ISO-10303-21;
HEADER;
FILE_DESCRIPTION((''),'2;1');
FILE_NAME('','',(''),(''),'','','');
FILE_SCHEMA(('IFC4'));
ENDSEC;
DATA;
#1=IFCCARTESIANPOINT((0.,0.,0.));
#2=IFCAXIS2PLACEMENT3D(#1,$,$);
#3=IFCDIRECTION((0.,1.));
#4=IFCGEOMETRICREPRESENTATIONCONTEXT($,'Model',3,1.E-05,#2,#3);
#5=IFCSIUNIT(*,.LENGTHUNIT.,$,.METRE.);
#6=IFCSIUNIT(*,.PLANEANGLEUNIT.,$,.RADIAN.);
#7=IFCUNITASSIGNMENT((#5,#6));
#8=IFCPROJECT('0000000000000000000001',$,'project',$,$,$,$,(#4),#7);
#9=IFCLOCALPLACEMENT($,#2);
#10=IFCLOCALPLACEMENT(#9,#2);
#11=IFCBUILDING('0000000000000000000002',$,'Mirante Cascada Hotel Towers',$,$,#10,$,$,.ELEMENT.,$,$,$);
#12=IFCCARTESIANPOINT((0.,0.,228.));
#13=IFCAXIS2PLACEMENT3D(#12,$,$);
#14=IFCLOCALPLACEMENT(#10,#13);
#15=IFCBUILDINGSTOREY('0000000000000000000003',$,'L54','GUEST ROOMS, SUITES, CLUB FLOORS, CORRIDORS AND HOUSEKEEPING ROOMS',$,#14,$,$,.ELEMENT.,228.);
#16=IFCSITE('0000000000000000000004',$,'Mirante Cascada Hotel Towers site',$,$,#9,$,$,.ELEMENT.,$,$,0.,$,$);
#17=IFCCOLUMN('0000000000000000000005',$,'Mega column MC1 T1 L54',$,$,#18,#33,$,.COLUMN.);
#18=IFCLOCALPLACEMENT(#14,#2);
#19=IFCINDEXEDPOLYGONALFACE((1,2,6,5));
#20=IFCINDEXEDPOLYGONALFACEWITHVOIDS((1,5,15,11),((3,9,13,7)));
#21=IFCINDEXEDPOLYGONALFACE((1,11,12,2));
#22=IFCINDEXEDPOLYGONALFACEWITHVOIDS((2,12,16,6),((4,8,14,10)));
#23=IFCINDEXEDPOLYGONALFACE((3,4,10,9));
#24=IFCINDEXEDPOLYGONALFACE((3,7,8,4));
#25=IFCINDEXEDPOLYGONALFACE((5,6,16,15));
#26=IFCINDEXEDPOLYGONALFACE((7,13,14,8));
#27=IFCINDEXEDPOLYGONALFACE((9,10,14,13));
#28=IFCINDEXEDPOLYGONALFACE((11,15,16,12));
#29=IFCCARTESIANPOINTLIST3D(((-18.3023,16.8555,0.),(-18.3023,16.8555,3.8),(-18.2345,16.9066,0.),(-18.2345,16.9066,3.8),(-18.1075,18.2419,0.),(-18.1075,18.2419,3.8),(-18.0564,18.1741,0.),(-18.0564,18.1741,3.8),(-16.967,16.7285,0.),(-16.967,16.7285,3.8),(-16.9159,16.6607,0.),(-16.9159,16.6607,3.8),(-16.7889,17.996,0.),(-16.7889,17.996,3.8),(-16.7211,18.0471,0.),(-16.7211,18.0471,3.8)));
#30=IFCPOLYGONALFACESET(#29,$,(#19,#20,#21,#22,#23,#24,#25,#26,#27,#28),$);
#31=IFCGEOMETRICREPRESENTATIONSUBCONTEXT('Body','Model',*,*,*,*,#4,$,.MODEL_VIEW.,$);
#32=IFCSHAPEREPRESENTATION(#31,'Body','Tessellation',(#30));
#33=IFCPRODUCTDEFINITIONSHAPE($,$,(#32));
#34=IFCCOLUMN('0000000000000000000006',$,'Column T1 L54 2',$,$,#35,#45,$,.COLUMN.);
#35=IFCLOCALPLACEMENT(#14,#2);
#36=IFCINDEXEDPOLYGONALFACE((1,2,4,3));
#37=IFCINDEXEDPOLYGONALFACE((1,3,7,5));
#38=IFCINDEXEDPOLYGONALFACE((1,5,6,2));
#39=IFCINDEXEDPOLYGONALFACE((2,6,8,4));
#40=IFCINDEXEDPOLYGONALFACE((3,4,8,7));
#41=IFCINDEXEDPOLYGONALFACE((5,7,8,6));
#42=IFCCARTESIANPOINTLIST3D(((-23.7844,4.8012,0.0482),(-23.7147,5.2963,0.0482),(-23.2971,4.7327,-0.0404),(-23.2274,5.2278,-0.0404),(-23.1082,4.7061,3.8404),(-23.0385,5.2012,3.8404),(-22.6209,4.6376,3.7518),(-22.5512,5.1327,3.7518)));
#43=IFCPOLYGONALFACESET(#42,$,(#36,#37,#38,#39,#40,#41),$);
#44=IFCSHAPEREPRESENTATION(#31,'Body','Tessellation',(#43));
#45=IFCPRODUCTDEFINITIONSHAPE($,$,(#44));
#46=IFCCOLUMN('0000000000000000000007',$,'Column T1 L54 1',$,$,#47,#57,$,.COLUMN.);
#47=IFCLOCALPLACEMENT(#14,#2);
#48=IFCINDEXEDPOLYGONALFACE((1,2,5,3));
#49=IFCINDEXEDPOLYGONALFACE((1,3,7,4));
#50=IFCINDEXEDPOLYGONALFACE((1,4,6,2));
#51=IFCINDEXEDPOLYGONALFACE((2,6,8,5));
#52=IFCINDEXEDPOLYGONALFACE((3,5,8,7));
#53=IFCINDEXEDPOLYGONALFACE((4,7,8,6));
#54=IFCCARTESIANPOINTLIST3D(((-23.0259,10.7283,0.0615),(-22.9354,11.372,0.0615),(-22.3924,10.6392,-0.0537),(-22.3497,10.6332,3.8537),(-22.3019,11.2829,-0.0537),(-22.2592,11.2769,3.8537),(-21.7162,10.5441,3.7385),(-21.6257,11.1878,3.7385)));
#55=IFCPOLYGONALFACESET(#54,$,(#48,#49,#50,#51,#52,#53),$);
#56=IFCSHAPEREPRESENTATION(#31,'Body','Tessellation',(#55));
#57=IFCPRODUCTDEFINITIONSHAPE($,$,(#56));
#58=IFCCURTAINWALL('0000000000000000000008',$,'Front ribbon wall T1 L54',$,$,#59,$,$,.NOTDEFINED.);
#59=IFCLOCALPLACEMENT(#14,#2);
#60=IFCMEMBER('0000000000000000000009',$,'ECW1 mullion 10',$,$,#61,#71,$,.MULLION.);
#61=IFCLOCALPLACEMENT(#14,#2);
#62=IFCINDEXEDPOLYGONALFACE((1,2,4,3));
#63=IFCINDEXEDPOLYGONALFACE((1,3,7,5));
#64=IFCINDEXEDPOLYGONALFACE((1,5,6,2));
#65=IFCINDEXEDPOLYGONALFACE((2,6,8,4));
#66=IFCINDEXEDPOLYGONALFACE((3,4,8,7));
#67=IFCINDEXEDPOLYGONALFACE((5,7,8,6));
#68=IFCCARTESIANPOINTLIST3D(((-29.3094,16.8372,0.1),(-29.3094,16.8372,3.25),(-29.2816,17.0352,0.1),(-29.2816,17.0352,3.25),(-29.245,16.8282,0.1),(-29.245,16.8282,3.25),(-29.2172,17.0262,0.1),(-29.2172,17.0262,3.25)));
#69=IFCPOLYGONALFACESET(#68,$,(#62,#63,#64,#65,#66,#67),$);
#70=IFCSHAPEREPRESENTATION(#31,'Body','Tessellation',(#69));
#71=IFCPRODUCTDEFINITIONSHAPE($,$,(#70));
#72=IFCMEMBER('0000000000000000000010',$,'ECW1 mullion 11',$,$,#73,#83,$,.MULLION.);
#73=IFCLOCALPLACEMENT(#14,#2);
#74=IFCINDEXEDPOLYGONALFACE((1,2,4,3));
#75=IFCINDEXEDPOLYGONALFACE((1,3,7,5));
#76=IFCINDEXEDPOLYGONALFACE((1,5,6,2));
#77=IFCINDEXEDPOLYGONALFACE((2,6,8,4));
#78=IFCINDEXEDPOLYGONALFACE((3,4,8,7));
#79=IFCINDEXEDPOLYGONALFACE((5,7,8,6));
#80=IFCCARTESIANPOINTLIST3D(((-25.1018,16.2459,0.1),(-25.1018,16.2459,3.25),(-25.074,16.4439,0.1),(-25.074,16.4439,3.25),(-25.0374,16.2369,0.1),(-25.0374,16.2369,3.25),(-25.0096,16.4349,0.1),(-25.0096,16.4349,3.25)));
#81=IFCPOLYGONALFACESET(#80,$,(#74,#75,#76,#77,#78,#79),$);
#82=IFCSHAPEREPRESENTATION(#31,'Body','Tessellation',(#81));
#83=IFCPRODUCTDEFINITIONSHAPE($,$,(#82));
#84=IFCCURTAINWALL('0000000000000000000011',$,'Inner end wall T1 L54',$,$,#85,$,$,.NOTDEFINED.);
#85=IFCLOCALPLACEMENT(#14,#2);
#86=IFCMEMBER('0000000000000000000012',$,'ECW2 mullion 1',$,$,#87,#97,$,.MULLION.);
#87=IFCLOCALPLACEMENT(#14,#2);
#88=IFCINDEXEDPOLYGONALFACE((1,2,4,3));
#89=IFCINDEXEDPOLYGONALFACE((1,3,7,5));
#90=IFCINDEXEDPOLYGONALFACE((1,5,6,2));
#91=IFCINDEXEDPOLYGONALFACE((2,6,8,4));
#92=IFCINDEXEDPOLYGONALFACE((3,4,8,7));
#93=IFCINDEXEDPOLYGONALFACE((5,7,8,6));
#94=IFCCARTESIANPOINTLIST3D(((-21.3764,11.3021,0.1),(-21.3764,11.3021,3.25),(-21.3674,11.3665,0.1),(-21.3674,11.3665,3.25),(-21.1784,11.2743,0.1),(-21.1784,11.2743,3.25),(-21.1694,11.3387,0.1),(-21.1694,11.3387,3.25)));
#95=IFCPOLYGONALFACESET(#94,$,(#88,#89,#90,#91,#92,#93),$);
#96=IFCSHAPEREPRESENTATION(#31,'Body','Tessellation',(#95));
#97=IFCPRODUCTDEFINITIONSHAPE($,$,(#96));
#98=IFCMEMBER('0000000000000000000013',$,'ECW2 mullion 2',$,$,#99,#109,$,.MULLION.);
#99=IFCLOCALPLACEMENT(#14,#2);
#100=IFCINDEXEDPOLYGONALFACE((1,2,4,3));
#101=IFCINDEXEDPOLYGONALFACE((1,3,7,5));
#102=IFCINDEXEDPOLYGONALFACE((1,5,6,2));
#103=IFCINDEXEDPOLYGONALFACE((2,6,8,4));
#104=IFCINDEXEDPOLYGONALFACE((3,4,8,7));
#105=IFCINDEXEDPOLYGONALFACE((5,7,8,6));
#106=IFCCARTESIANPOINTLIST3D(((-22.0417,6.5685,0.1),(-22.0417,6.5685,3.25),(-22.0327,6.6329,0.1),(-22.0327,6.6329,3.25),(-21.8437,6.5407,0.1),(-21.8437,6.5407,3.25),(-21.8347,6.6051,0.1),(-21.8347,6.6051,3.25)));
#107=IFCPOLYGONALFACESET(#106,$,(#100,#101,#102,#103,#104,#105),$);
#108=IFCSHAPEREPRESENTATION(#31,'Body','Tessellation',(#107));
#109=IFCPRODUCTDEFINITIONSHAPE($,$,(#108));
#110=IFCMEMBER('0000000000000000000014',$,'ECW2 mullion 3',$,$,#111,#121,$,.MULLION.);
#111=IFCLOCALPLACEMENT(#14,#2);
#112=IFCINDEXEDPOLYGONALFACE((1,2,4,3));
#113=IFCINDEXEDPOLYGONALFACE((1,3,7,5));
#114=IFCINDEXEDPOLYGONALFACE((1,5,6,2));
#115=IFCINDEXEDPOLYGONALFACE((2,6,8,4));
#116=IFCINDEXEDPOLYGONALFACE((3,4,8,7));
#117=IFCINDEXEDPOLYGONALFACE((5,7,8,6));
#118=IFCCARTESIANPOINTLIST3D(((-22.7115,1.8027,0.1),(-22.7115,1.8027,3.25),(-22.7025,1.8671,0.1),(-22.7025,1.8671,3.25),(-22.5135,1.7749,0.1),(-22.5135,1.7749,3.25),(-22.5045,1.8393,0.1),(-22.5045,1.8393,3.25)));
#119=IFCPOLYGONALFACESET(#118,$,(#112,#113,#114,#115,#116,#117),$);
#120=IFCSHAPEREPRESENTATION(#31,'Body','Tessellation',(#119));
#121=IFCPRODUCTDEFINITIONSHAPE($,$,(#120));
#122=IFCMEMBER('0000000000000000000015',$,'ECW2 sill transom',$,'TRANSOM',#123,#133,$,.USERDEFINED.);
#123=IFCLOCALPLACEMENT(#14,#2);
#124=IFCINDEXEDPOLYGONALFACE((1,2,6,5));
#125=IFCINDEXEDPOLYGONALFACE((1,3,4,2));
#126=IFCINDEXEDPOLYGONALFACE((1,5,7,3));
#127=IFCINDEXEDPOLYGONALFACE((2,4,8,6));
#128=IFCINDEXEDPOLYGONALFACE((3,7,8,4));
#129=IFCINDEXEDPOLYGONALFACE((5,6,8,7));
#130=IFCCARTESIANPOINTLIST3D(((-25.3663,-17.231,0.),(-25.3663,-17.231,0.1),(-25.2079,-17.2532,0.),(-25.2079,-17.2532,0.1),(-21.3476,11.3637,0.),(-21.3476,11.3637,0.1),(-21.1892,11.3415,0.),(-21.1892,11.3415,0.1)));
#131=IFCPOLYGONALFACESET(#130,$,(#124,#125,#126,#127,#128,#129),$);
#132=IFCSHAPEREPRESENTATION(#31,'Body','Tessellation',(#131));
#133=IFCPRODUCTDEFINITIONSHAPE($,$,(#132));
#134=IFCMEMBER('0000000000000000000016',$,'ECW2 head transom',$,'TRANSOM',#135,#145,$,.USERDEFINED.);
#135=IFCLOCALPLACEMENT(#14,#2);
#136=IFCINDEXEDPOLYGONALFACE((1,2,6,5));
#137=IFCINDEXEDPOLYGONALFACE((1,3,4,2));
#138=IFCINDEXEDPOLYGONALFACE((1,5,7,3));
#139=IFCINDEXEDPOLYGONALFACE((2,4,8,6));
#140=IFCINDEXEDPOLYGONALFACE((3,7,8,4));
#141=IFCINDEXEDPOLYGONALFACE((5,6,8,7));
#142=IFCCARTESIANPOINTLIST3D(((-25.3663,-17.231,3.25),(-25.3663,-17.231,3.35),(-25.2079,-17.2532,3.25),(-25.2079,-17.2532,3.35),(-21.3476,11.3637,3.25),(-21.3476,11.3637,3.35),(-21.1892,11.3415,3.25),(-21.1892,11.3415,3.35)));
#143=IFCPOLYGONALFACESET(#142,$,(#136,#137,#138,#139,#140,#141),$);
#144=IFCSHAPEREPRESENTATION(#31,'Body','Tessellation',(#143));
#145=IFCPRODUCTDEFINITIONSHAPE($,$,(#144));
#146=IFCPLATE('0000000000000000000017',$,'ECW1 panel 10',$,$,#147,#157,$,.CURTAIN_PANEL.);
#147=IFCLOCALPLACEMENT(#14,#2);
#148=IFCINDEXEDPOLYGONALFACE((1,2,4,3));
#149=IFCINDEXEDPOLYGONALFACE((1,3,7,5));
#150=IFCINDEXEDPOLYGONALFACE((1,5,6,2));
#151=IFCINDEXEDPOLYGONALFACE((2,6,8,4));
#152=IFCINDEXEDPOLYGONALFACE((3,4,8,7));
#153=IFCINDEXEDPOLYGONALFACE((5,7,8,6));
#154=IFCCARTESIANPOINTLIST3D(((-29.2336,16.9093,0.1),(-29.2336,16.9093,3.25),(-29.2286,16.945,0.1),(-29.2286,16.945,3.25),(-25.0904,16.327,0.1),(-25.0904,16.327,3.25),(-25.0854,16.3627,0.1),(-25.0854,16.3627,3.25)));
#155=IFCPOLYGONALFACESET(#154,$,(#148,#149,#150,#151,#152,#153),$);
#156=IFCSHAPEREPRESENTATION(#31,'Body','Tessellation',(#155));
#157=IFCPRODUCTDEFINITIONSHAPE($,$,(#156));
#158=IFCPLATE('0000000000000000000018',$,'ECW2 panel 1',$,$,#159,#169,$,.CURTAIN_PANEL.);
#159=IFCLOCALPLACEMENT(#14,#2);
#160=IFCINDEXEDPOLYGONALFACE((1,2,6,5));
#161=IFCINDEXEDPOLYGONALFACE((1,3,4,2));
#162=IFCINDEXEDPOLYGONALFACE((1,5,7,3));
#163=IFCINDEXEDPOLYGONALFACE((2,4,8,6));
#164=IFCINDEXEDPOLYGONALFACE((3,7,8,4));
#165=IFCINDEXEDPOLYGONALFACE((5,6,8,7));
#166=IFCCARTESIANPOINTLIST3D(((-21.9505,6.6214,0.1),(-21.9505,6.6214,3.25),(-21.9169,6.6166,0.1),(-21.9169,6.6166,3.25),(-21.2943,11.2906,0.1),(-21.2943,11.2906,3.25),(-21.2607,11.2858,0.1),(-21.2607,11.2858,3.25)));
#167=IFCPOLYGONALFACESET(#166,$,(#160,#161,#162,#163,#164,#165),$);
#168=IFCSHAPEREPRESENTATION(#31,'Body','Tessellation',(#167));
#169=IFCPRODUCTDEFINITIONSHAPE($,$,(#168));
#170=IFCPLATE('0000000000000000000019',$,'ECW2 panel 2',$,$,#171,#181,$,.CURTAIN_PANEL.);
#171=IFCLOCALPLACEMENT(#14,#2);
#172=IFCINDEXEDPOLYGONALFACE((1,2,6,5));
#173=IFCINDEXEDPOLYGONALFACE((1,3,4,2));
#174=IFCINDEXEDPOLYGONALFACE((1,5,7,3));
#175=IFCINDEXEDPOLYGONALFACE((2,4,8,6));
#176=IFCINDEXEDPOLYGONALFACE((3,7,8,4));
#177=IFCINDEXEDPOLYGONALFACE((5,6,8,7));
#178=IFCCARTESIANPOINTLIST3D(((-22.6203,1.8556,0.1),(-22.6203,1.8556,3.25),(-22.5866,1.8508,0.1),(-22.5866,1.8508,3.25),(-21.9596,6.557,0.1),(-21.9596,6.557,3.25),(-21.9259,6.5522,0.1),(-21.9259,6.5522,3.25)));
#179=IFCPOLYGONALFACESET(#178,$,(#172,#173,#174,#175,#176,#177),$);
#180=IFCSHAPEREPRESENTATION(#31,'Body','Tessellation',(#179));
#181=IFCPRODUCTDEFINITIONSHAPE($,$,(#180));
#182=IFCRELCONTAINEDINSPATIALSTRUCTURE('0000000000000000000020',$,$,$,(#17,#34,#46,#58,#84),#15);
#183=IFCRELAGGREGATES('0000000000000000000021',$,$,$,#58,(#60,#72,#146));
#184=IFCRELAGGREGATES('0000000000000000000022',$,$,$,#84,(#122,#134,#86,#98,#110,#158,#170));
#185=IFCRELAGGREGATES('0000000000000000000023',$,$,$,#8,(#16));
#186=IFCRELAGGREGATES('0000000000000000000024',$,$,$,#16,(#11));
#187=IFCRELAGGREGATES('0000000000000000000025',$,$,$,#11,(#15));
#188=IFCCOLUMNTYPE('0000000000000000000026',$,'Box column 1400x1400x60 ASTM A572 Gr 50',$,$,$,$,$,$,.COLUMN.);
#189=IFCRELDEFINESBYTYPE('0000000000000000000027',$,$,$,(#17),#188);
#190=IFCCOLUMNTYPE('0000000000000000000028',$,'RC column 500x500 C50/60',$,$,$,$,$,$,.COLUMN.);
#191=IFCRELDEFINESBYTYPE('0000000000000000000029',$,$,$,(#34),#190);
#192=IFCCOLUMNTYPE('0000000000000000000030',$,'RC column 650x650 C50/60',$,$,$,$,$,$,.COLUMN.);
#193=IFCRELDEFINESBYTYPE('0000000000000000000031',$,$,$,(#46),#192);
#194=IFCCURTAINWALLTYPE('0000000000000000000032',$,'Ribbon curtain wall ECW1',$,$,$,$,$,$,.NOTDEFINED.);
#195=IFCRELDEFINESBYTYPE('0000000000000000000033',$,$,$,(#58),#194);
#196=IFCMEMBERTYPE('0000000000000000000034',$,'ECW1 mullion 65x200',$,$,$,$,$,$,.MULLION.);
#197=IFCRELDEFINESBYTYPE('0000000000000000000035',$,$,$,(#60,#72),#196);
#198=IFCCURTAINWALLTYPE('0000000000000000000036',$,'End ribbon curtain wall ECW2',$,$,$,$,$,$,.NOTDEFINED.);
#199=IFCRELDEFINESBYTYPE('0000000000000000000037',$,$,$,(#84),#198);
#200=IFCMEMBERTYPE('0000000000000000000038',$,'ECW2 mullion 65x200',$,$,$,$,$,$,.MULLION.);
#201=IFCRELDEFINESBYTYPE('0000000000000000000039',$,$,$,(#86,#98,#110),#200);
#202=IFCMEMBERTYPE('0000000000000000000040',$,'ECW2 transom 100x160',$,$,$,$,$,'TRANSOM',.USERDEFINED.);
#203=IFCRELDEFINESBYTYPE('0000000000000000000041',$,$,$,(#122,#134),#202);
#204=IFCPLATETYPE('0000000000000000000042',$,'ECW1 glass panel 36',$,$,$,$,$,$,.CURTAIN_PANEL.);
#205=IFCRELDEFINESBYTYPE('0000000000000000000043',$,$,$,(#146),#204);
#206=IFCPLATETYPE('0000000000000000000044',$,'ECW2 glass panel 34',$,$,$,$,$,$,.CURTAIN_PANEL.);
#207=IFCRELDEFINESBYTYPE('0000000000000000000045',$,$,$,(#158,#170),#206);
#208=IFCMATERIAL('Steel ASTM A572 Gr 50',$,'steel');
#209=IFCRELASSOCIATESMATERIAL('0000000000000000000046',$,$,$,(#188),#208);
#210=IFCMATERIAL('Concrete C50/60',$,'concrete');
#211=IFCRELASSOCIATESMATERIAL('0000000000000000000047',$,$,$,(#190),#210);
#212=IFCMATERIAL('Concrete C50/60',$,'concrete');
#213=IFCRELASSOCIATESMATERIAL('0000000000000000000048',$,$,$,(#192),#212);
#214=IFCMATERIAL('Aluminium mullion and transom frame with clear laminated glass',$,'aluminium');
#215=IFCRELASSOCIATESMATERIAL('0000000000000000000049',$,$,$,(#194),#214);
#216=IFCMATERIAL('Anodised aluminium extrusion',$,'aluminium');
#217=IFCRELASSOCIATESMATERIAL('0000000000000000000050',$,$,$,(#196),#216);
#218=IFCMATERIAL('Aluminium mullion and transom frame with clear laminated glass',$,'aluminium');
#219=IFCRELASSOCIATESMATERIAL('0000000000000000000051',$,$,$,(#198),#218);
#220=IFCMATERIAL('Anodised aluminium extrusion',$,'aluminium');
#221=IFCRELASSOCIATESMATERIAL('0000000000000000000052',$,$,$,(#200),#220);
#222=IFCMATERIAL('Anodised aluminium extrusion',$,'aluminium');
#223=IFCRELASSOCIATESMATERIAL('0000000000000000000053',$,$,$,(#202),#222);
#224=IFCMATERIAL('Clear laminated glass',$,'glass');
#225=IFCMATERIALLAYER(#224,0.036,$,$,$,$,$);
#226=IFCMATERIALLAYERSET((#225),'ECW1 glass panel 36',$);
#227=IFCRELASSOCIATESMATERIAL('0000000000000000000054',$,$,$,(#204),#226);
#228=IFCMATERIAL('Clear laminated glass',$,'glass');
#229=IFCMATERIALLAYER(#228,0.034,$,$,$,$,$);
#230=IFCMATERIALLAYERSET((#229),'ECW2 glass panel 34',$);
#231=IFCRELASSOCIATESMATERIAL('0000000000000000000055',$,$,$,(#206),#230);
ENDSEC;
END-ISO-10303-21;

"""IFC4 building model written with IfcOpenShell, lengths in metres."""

from ifc_helpers import new_model, si_unit, direction, frame, origin, origin_2d, place, context, subcontext, project, spatial, rectangle, hollow_rectangle, extrude, material, layer, layer_set, material_profile, profile_set, type_object, element, aggregate, save


model = new_model("IFC4")

# Units and contexts
model_context = context("Model", 3, precision=1e-05, world=origin(), true_north=direction((0.0, 1.0)))
body_context = subcontext(model_context, "Body", "Model", "MODEL_VIEW")
ifc_project = project(units=[si_unit("LENGTHUNIT", "METRE"), si_unit("PLANEANGLEUNIT", "RADIAN")], contexts=[model_context])

# Site, building, storey
site_placement = place(None, origin())
site = spatial("IfcSite", under=ifc_project, at=site_placement, Name="Mirante Cascada Hotel Towers site", CompositionType="ELEMENT", RefElevation=0.0)
building_placement = place(site_placement, origin())
building = spatial("IfcBuilding", under=site, at=building_placement, Name="Mirante Cascada Hotel Towers", CompositionType="ELEMENT")
storey_placement = place(building_placement, frame((0.0, 0.0, 228.0)))
storey = spatial("IfcBuildingStorey", under=building, at=storey_placement, Name="L54", Description="GUEST ROOMS, SUITES, CLUB FLOORS, CORRIDORS AND HOUSEKEEPING ROOMS", CompositionType="ELEMENT", Elevation=228.0)

# Columns
ifc_material_1 = material(Name="Steel ASTM A572 Gr 50", Category="steel")
ifc_material_profile_1 = material_profile(ifc_material_1, hollow_rectangle(XDim=1.4, YDim=1.4, WallThickness=0.06, at=origin_2d()), Name="Box column 1400x1400x60 ASTM A572 Gr 50")
ifc_profile_set_1 = profile_set([ifc_material_profile_1], Name="Steel ASTM A572 Gr 50")
column_type_1 = type_object("IfcColumnType", Name="Box column 1400x1400x60 ASTM A572 Gr 50", PredefinedType="COLUMN", material=ifc_profile_set_1)
column_1_placement = place(storey_placement, frame((-17.5117, 17.4513, 0.0), z_axis=(0.0, 0.0, 1.0), x_axis=(-0.990268, 0.139173, 0.0)))
element("IfcColumn", 1, at=column_1_placement, inside=storey, type_object=column_type_1, Name="Mega column MC1 T1 L54", PredefinedType="COLUMN", context=body_context, shape_type="SweptSolid", body=[
    extrude(hollow_rectangle(XDim=1.4, YDim=1.4, WallThickness=0.06, at=origin_2d()), origin(), (0.0, 0.0, 1.0), 3.8),
])
ifc_material_2 = material(Name="Concrete C50/60", Category="concrete")
ifc_material_profile_2 = material_profile(ifc_material_2, rectangle(XDim=0.5, YDim=0.5, at=origin_2d()), Name="RC column 500x500 C50/60")
ifc_profile_set_2 = profile_set([ifc_material_profile_2], Name="Concrete C50/60")
column_type_2 = type_object("IfcColumnType", Name="RC column 500x500 C50/60", PredefinedType="COLUMN", material=ifc_profile_set_2)
column_2_placement = place(storey_placement, frame((-23.5059, 5.0145, 0.0039), z_axis=(0.175491, -0.024681, 0.984172), x_axis=(0.139268, 0.990255, 0.0)))
element("IfcColumn", 2, at=column_2_placement, inside=storey, type_object=column_type_2, Name="Column T1 L54 2", PredefinedType="COLUMN", context=body_context, shape_type="SweptSolid", body=[
    extrude(rectangle(XDim=0.5, YDim=0.5, at=origin_2d()), origin(), (0.0, 0.0, 1.0), 3.8532),
])
ifc_material_3 = material(Name="Concrete C50/60", Category="concrete")
ifc_material_profile_3 = material_profile(ifc_material_3, rectangle(XDim=0.65, YDim=0.65, at=origin_2d()), Name="RC column 650x650 C50/60")
ifc_profile_set_3 = profile_set([ifc_material_profile_3], Name="Concrete C50/60")
column_type_3 = type_object("IfcColumnType", Name="RC column 650x650 C50/60", PredefinedType="COLUMN", material=ifc_profile_set_3)
column_3_placement = place(storey_placement, frame((-22.6639, 11.0056, 0.0039), z_axis=(0.175491, -0.024681, 0.984172), x_axis=(0.139268, 0.990255, 0.0)))
element("IfcColumn", 3, at=column_3_placement, inside=storey, type_object=column_type_3, Name="Column T1 L54 1", PredefinedType="COLUMN", context=body_context, shape_type="SweptSolid", body=[
    extrude(rectangle(XDim=0.65, YDim=0.65, at=origin_2d()), origin(), (0.0, 0.0, 1.0), 3.8532),
])

# Curtain walls, members
ifc_material_4 = material(Name="Aluminium mullion and transom frame with clear laminated glass", Category="aluminium")
curtain_wall_type_1 = type_object("IfcCurtainWallType", Name="Ribbon curtain wall ECW1", PredefinedType="NOTDEFINED", material=ifc_material_4)
curtain_wall_1_placement = place(storey_placement, origin())
curtain_wall_1 = element("IfcCurtainWall", 4, at=curtain_wall_1_placement, inside=storey, type_object=curtain_wall_type_1, Name="Front ribbon wall T1 L54", PredefinedType="NOTDEFINED")
ifc_material_5 = material(Name="Anodised aluminium extrusion", Category="aluminium")
ifc_material_profile_4 = material_profile(ifc_material_5, rectangle(XDim=0.2, YDim=0.065, at=origin_2d()), Name="ECW1 MULLION 65x200")
ifc_profile_set_4 = profile_set([ifc_material_profile_4], Name="Anodised aluminium extrusion")
member_type_1 = type_object("IfcMemberType", Name="ECW1 mullion 65x200", PredefinedType="MULLION", material=ifc_profile_set_4)
member_1_placement = place(storey_placement, frame((-29.2633, 16.9317, 0.1), z_axis=(0.0, 0.0, 1.0), x_axis=(0.139173, 0.990268, 0.0)))
member_1 = element("IfcMember", 5, at=member_1_placement, type_object=member_type_1, Name="ECW1 mullion 10", PredefinedType="MULLION", context=body_context, shape_type="SweptSolid", body=[
    extrude(rectangle(XDim=0.2, YDim=0.065, at=origin_2d()), origin(), (0.0, 0.0, 1.0), 3.15),
])
member_2_placement = place(storey_placement, frame((-25.0557, 16.3404, 0.1), z_axis=(0.0, 0.0, 1.0), x_axis=(0.139173, 0.990268, 0.0)))
member_2 = element("IfcMember", 6, at=member_2_placement, type_object=member_type_1, Name="ECW1 mullion 11", PredefinedType="MULLION", context=body_context, shape_type="SweptSolid", body=[
    extrude(rectangle(XDim=0.2, YDim=0.065, at=origin_2d()), origin(), (0.0, 0.0, 1.0), 3.15),
])
ifc_material_6 = material(Name="Aluminium mullion and transom frame with clear laminated glass", Category="aluminium")
curtain_wall_type_2 = type_object("IfcCurtainWallType", Name="End ribbon curtain wall ECW2", PredefinedType="NOTDEFINED", material=ifc_material_6)
curtain_wall_2_placement = place(storey_placement, origin())
curtain_wall_2 = element("IfcCurtainWall", 7, at=curtain_wall_2_placement, inside=storey, type_object=curtain_wall_type_2, Name="Inner end wall T1 L54", PredefinedType="NOTDEFINED")
ifc_material_7 = material(Name="Anodised aluminium extrusion", Category="aluminium")
ifc_material_profile_5 = material_profile(ifc_material_7, rectangle(XDim=0.2, YDim=0.065, at=origin_2d()), Name="ECW2 MULLION 65x200")
ifc_profile_set_5 = profile_set([ifc_material_profile_5], Name="Anodised aluminium extrusion")
member_type_2 = type_object("IfcMemberType", Name="ECW2 mullion 65x200", PredefinedType="MULLION", material=ifc_profile_set_5)
member_3_placement = place(storey_placement, frame((-21.2729, 11.3204, 0.1), z_axis=(0.0, 0.0, 1.0), x_axis=(0.990268, -0.139173, 0.0)))
member_3 = element("IfcMember", 8, at=member_3_placement, type_object=member_type_2, Name="ECW2 mullion 1", PredefinedType="MULLION", context=body_context, shape_type="SweptSolid", body=[
    extrude(rectangle(XDim=0.2, YDim=0.065, at=origin_2d()), origin(), (0.0, 0.0, 1.0), 3.15),
])
member_4_placement = place(storey_placement, frame((-21.9382, 6.5868, 0.1), z_axis=(0.0, 0.0, 1.0), x_axis=(0.990268, -0.139173, 0.0)))
member_4 = element("IfcMember", 9, at=member_4_placement, type_object=member_type_2, Name="ECW2 mullion 2", PredefinedType="MULLION", context=body_context, shape_type="SweptSolid", body=[
    extrude(rectangle(XDim=0.2, YDim=0.065, at=origin_2d()), origin(), (0.0, 0.0, 1.0), 3.15),
])
member_5_placement = place(storey_placement, frame((-22.608, 1.821, 0.1), z_axis=(0.0, 0.0, 1.0), x_axis=(0.990268, -0.139173, 0.0)))
member_5 = element("IfcMember", 10, at=member_5_placement, type_object=member_type_2, Name="ECW2 mullion 3", PredefinedType="MULLION", context=body_context, shape_type="SweptSolid", body=[
    extrude(rectangle(XDim=0.2, YDim=0.065, at=origin_2d()), origin(), (0.0, 0.0, 1.0), 3.15),
])
ifc_material_8 = material(Name="Anodised aluminium extrusion", Category="aluminium")
ifc_material_profile_6 = material_profile(ifc_material_8, rectangle(XDim=0.16, YDim=0.1, at=origin_2d()), Name="ECW2 TRANSOM 100x160")
ifc_profile_set_6 = profile_set([ifc_material_profile_6], Name="Anodised aluminium extrusion")
member_type_3 = type_object("IfcMemberType", Name="ECW2 transom 100x160", ElementType="TRANSOM", PredefinedType="USERDEFINED", material=ifc_profile_set_6)
member_6_placement = place(storey_placement, frame((-21.2684, 11.3526, 0.05), z_axis=(-0.139172, -0.990268, 0.0), x_axis=(0.990268, -0.139172, 0.0)))
member_6 = element("IfcMember", 11, at=member_6_placement, type_object=member_type_3, Name="ECW2 sill transom", ObjectType="TRANSOM", PredefinedType="USERDEFINED", context=body_context, shape_type="SweptSolid", body=[
    extrude(rectangle(XDim=0.16, YDim=0.1, at=origin_2d()), origin(), (0.0, 0.0, 1.0), 28.8757),
])
member_7_placement = place(storey_placement, frame((-21.2684, 11.3526, 3.3), z_axis=(-0.139172, -0.990268, 0.0), x_axis=(0.990268, -0.139172, 0.0)))
member_7 = element("IfcMember", 12, at=member_7_placement, type_object=member_type_3, Name="ECW2 head transom", ObjectType="TRANSOM", PredefinedType="USERDEFINED", context=body_context, shape_type="SweptSolid", body=[
    extrude(rectangle(XDim=0.16, YDim=0.1, at=origin_2d()), origin(), (0.0, 0.0, 1.0), 28.8757),
])

# Plates
ifc_material_9 = material(Name="Clear laminated glass", Category="glass")
ifc_layer_1 = layer(ifc_material_9, 0.036)
ifc_layer_set_1 = layer_set([ifc_layer_1], Name="ECW1 glass panel 36")
plate_type_1 = type_object("IfcPlateType", Name="ECW1 glass panel 36", PredefinedType="CURTAIN_PANEL", material=ifc_layer_set_1)
plate_1_placement = place(storey_placement, frame((-27.1595, 16.636, 0.1), z_axis=(0.0, 0.0, 1.0), x_axis=(0.990268, -0.139173, 0.0)))
plate_1 = element("IfcPlate", 13, at=plate_1_placement, type_object=plate_type_1, Name="ECW1 panel 10", PredefinedType="CURTAIN_PANEL", context=body_context, shape_type="SweptSolid", body=[
    extrude(rectangle(XDim=4.1839, YDim=0.036, at=origin_2d()), origin(), (0.0, 0.0, 1.0), 3.15),
])
aggregate(curtain_wall_1, [member_1, member_2, plate_1])
ifc_material_10 = material(Name="Clear laminated glass", Category="glass")
ifc_layer_2 = layer(ifc_material_10, 0.034)
ifc_layer_set_2 = layer_set([ifc_layer_2], Name="ECW2 glass panel 34")
plate_type_2 = type_object("IfcPlateType", Name="ECW2 glass panel 34", PredefinedType="CURTAIN_PANEL", material=ifc_layer_set_2)
plate_2_placement = place(storey_placement, frame((-21.6056, 8.9536, 0.1), z_axis=(0.0, 0.0, 1.0), x_axis=(-0.139173, -0.990268, 0.0)))
plate_2 = element("IfcPlate", 14, at=plate_2_placement, type_object=plate_type_2, Name="ECW2 panel 1", PredefinedType="CURTAIN_PANEL", context=body_context, shape_type="SweptSolid", body=[
    extrude(rectangle(XDim=4.7151, YDim=0.034, at=origin_2d()), origin(), (0.0, 0.0, 1.0), 3.15),
])
plate_3_placement = place(storey_placement, frame((-22.2731, 4.2039, 0.1), z_axis=(0.0, 0.0, 1.0), x_axis=(-0.139173, -0.990268, 0.0)))
plate_3 = element("IfcPlate", 15, at=plate_3_placement, type_object=plate_type_2, Name="ECW2 panel 2", PredefinedType="CURTAIN_PANEL", context=body_context, shape_type="SweptSolid", body=[
    extrude(rectangle(XDim=4.7476, YDim=0.034, at=origin_2d()), origin(), (0.0, 0.0, 1.0), 3.15),
])
aggregate(curtain_wall_2, [member_6, member_7, member_3, member_4, member_5, plate_2, plate_3])

save(model, "model.ifc")
